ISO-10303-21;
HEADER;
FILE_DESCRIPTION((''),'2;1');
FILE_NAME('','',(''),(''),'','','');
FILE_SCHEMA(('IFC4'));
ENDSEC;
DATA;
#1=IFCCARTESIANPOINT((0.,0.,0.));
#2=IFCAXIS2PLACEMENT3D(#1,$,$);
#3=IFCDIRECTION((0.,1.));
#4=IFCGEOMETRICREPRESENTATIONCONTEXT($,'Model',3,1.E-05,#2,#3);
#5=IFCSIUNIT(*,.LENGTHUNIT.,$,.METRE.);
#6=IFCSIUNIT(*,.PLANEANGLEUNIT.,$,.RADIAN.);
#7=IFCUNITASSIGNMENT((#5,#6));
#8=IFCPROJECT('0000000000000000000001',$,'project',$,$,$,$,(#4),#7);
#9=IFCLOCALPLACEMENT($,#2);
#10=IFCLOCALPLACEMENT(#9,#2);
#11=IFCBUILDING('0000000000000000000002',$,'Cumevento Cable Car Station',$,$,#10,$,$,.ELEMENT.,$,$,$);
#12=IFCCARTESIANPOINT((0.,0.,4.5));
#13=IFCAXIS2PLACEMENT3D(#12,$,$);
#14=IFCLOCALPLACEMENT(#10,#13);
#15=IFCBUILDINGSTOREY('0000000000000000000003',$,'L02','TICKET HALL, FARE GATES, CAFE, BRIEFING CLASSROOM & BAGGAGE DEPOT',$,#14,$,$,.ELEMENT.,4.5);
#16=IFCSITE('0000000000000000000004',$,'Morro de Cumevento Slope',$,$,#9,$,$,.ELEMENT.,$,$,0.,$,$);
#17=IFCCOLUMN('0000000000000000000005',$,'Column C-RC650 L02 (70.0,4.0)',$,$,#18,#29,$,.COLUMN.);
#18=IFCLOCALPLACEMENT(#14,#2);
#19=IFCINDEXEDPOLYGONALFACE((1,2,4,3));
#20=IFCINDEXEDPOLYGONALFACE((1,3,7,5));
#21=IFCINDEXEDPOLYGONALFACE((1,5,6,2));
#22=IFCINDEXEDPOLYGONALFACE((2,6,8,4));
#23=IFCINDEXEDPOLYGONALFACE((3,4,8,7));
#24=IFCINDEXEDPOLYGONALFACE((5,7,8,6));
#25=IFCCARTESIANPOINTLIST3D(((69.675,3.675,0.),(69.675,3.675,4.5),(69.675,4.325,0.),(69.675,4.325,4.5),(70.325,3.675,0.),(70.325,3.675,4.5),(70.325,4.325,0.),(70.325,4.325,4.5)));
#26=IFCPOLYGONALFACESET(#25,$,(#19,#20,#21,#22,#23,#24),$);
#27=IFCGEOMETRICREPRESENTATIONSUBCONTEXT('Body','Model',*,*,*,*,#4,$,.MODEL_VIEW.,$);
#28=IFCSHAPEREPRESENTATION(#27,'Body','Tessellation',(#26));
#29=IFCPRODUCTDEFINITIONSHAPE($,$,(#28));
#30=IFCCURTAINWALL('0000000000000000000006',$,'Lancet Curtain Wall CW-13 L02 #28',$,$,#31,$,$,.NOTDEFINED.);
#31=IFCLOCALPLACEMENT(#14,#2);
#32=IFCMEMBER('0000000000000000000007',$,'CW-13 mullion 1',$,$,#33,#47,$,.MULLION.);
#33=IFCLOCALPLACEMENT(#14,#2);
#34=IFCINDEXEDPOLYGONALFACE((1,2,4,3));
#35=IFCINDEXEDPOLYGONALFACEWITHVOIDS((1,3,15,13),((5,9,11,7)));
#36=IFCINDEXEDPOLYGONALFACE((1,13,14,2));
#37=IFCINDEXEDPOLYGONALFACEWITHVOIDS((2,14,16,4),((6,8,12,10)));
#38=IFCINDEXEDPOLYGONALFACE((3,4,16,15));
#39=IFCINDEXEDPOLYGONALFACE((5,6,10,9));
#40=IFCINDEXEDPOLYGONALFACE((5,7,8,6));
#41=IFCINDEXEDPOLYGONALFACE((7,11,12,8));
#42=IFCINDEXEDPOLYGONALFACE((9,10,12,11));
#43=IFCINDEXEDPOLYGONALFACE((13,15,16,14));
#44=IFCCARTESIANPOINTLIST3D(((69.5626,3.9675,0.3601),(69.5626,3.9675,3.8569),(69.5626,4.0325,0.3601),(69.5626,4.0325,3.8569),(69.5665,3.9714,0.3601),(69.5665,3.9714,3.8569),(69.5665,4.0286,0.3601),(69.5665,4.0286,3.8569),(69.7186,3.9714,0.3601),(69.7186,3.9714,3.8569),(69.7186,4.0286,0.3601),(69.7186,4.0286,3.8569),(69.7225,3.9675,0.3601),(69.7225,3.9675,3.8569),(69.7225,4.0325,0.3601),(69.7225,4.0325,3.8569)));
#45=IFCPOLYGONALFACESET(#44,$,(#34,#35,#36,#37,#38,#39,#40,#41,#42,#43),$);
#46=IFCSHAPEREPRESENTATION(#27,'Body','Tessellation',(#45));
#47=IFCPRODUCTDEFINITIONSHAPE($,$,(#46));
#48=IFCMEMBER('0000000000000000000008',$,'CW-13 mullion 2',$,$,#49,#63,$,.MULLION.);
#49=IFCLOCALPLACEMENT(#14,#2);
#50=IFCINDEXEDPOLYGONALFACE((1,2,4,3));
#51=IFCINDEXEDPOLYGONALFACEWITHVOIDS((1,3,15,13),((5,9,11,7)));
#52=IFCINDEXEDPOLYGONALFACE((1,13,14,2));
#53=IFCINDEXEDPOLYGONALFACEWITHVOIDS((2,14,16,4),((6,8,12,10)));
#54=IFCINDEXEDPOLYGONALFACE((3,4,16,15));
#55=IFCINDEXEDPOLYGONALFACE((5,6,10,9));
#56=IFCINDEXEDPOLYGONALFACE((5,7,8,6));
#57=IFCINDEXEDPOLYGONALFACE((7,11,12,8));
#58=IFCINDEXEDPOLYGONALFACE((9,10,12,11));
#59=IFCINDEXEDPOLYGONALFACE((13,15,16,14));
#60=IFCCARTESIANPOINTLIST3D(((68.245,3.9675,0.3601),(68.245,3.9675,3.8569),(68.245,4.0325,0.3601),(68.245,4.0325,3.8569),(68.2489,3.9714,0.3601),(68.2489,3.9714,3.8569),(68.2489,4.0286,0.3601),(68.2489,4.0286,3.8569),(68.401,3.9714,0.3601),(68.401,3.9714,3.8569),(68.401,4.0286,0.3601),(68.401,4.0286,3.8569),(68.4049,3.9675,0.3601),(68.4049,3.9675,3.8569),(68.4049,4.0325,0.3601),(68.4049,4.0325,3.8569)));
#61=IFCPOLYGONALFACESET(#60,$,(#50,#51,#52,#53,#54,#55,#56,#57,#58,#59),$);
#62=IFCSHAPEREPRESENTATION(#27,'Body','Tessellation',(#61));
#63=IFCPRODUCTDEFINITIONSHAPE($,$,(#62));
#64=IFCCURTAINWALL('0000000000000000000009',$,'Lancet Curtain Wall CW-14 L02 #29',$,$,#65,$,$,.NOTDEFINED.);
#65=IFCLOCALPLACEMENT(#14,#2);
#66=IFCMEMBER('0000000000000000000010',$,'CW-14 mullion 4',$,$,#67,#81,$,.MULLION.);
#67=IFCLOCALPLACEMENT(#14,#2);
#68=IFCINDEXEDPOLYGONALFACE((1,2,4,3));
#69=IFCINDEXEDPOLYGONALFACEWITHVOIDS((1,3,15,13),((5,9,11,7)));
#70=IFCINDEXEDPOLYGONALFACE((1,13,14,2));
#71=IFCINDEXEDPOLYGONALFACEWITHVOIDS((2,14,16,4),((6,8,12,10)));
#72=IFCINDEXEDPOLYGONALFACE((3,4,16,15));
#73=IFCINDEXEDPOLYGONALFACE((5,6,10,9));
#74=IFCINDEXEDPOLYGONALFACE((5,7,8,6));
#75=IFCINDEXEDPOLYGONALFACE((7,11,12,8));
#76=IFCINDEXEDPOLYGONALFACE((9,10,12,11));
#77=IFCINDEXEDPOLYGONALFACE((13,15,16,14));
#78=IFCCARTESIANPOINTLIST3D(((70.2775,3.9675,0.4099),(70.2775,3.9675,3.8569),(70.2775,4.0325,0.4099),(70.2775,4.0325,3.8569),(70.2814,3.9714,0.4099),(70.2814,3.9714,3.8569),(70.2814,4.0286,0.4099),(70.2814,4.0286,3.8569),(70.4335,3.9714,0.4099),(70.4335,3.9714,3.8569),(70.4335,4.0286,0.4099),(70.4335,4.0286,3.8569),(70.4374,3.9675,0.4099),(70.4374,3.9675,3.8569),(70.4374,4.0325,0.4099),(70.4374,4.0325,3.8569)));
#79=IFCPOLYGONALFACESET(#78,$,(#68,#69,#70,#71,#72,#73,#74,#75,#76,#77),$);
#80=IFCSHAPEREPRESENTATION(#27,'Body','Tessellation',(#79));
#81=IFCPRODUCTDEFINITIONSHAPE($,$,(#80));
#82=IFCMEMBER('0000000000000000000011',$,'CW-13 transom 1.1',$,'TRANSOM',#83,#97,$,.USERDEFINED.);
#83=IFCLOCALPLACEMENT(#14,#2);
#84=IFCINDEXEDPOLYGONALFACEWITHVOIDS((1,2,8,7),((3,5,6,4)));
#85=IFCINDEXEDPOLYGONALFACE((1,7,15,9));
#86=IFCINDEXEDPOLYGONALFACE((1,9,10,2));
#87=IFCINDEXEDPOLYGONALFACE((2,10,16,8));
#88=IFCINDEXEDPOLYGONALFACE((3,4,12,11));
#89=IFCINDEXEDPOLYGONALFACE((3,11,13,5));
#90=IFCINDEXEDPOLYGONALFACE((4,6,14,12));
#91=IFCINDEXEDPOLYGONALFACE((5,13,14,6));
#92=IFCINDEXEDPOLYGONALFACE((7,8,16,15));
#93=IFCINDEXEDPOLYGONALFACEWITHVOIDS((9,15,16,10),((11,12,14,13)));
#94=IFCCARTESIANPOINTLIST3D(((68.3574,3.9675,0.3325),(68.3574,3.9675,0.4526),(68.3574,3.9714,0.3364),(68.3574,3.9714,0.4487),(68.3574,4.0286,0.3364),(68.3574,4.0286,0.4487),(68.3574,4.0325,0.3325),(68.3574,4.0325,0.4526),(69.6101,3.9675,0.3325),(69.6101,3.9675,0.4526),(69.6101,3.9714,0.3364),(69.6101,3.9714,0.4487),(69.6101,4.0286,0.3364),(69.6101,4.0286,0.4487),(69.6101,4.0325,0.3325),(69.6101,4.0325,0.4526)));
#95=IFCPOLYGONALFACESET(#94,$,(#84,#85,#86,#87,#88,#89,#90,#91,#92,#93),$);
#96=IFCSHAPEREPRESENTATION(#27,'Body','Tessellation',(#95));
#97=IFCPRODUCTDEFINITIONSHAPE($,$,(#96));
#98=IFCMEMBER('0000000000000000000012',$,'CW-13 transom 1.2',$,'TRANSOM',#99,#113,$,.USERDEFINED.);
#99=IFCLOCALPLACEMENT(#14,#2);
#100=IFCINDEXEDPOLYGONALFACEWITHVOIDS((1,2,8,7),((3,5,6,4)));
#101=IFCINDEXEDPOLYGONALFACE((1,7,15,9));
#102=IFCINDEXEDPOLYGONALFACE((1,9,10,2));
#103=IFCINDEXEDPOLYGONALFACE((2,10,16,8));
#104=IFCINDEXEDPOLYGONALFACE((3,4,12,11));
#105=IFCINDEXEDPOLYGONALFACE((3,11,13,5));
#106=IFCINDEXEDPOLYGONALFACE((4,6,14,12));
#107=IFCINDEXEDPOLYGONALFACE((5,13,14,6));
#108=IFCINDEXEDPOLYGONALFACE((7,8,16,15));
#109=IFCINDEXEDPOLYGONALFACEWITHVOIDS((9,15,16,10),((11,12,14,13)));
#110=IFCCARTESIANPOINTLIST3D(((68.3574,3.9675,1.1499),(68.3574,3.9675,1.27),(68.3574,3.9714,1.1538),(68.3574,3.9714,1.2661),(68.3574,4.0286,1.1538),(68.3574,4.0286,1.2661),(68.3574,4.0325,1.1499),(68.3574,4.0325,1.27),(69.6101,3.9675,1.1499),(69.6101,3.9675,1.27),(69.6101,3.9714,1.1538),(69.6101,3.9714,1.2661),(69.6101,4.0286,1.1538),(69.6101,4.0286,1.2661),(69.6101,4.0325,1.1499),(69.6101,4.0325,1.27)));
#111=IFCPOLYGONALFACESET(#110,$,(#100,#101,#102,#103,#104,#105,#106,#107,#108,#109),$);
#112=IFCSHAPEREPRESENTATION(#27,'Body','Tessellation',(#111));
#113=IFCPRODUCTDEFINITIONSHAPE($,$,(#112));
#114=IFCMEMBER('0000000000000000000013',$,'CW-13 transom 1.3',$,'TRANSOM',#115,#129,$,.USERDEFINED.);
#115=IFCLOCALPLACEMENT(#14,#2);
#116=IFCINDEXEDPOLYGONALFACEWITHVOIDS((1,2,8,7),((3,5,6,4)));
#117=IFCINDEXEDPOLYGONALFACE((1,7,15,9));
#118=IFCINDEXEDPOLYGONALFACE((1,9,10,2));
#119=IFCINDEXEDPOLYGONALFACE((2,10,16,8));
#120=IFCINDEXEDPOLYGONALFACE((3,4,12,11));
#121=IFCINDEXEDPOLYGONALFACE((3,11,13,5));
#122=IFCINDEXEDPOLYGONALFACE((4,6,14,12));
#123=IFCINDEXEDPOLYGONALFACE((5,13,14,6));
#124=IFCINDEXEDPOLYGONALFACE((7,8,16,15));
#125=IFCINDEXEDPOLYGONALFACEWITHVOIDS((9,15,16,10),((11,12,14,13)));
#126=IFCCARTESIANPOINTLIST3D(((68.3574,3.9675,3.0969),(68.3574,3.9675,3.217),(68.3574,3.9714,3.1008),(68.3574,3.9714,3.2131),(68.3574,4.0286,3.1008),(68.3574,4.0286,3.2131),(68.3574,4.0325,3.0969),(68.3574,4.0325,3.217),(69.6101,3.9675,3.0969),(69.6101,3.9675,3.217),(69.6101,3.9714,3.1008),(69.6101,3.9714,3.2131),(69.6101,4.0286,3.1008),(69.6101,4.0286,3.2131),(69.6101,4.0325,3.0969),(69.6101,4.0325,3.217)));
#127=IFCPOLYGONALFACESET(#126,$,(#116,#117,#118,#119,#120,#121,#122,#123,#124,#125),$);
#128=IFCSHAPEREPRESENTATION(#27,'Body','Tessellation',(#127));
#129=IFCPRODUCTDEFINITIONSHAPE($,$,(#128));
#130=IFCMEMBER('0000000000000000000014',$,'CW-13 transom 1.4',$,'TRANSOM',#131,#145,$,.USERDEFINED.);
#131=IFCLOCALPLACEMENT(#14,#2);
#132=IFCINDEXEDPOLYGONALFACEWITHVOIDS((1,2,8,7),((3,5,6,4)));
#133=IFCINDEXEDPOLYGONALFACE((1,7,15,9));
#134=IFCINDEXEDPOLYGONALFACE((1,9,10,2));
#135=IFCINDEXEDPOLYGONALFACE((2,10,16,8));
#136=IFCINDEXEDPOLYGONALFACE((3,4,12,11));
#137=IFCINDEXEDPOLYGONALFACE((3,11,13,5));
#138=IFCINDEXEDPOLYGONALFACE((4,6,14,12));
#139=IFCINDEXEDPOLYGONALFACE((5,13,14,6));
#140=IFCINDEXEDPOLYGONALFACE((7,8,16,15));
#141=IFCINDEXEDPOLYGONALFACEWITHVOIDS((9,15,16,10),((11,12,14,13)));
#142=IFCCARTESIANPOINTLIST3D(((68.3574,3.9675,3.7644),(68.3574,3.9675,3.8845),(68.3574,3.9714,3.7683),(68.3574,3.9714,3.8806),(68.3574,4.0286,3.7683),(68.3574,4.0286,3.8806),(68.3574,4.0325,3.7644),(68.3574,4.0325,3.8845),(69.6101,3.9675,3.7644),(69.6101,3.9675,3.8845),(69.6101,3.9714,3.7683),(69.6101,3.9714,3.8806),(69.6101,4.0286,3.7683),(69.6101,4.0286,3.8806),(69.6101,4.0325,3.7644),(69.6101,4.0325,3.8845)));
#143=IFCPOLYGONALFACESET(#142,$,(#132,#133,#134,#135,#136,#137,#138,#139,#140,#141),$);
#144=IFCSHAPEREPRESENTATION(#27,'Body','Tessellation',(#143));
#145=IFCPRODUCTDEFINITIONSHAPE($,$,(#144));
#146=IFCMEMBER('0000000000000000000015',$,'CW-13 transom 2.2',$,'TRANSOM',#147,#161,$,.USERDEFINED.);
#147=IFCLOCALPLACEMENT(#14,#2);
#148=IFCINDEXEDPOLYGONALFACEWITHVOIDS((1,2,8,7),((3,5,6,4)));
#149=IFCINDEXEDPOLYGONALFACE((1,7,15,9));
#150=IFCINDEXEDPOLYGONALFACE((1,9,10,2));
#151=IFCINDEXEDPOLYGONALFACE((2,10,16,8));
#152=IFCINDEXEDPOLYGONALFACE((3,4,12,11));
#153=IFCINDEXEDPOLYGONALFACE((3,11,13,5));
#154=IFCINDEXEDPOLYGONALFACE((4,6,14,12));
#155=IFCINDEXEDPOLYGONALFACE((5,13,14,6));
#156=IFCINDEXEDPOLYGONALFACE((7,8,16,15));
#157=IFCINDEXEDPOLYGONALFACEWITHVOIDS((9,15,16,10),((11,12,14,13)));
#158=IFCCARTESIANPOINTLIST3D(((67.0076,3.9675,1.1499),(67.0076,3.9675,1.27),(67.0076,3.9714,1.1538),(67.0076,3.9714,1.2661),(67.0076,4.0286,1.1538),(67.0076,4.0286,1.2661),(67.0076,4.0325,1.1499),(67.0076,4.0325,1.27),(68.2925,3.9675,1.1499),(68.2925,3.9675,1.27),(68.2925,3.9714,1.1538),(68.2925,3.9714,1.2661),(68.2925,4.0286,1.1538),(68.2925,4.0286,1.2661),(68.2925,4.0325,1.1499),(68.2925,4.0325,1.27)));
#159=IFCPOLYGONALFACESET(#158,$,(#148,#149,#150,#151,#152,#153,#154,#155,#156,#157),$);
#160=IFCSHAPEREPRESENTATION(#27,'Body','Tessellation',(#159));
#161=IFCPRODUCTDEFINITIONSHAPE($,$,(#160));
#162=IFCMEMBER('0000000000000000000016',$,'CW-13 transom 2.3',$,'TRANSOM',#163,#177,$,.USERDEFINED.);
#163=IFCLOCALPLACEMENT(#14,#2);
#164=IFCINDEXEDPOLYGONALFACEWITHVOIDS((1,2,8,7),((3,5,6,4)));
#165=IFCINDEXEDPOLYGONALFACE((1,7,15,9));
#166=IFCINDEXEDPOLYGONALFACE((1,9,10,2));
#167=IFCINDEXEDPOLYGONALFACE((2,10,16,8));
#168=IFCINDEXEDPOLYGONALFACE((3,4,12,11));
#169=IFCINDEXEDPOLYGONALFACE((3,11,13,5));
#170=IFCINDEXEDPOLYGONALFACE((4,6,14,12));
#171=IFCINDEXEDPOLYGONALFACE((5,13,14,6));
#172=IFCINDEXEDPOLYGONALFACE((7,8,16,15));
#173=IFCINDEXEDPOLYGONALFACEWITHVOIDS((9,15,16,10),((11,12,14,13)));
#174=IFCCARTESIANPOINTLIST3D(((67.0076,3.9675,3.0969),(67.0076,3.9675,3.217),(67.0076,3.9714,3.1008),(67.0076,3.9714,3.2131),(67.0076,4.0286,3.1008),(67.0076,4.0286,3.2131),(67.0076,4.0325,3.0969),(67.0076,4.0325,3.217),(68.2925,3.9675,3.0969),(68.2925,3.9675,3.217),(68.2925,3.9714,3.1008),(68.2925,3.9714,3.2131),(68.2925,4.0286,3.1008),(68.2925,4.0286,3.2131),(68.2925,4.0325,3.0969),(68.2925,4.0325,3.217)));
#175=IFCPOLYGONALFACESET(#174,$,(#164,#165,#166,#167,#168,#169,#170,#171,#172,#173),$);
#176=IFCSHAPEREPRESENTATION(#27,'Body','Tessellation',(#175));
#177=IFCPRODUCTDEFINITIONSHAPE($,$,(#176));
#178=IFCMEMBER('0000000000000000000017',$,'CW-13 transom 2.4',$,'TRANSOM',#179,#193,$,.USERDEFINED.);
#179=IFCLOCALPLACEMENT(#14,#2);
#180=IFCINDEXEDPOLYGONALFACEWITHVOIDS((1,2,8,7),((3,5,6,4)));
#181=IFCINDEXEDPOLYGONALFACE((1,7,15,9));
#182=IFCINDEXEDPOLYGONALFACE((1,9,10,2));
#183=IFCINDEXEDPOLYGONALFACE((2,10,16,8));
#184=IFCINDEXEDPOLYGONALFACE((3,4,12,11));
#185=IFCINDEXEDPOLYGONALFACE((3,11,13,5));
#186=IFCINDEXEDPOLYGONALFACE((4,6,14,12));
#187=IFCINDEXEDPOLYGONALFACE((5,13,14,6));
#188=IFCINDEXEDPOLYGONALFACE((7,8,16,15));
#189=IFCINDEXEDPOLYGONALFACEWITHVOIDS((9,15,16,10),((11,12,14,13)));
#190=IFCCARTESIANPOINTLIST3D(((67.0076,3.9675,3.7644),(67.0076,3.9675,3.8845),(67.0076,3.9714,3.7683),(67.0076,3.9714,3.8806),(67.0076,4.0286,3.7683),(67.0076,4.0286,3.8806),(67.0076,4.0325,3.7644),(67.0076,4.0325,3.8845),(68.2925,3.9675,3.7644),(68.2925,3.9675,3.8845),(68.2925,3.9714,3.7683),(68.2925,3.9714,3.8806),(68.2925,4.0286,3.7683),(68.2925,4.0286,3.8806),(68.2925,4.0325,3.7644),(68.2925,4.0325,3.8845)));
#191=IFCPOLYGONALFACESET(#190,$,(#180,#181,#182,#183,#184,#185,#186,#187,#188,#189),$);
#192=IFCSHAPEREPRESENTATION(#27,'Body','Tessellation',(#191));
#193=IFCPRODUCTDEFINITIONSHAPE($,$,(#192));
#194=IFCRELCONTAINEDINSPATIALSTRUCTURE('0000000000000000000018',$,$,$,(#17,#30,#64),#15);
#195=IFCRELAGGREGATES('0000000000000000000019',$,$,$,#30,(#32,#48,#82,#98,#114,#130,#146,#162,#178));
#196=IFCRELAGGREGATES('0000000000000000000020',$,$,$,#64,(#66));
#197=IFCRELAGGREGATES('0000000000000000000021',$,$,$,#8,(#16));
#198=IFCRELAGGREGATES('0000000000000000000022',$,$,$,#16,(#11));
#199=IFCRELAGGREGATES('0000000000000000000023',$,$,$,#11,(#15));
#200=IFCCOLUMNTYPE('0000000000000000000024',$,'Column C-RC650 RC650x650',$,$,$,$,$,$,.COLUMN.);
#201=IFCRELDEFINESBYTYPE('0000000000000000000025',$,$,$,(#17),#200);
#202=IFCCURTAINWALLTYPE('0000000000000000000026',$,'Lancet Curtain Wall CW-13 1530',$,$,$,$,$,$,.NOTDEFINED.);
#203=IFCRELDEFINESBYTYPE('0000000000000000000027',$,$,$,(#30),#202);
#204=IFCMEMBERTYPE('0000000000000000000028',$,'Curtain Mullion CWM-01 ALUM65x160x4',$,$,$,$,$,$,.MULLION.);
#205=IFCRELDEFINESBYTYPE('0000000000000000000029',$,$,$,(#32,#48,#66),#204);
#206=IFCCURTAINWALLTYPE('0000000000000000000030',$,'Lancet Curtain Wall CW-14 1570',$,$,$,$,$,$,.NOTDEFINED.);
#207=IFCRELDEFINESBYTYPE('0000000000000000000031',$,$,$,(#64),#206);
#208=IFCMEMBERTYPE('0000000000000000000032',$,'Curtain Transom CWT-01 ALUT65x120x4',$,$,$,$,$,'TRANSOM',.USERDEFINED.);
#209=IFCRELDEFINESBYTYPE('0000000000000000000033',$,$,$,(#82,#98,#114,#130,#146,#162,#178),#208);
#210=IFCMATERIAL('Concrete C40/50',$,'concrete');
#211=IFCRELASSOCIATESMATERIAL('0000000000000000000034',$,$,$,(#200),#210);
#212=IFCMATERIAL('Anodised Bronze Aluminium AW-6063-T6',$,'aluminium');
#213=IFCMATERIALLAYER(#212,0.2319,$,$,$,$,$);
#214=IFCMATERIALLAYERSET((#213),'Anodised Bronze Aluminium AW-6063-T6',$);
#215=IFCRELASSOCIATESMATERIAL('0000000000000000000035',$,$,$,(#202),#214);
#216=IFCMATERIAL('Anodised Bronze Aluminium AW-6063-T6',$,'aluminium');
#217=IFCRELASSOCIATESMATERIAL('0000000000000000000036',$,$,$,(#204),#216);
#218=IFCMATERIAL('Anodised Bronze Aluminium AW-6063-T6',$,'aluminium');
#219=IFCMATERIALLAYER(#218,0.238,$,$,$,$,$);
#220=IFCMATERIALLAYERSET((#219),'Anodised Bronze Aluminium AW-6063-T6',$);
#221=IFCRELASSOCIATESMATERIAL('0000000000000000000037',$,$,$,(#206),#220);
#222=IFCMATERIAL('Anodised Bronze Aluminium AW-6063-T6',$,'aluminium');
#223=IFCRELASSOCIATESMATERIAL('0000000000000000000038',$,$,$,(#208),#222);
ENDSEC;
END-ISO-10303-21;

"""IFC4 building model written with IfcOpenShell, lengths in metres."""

from ifc_helpers import new_model, si_unit, direction, frame, origin, origin_2d, place, context, subcontext, project, spatial, rectangle, hollow_rectangle, extrude, material, layer, layer_set, material_profile, profile_set, type_object, element, aggregate, save


model = new_model("IFC4")

# Units and contexts
model_context = context("Model", 3, precision=1e-05, world=origin(), true_north=direction((0.0, 1.0)))
body_context = subcontext(model_context, "Body", "Model", "MODEL_VIEW")
ifc_project = project(units=[si_unit("LENGTHUNIT", "METRE"), si_unit("PLANEANGLEUNIT", "RADIAN")], contexts=[model_context])

# Site, building, storey
site_placement = place(None, origin())
site = spatial("IfcSite", under=ifc_project, at=site_placement, Name="Morro de Cumevento Slope", CompositionType="ELEMENT", RefElevation=0.0)
building_placement = place(site_placement, origin())
building = spatial("IfcBuilding", under=site, at=building_placement, Name="Cumevento Cable Car Station", CompositionType="ELEMENT")
storey_placement = place(building_placement, frame((0.0, 0.0, 4.5)))
storey = spatial("IfcBuildingStorey", under=building, at=storey_placement, Name="L02", Description="TICKET HALL, FARE GATES, CAFE, BRIEFING CLASSROOM & BAGGAGE DEPOT", CompositionType="ELEMENT", Elevation=4.5)

# Column
ifc_material_1 = material(Name="Concrete C40/50", Category="concrete")
ifc_material_profile_1 = material_profile(ifc_material_1, rectangle(XDim=0.6499, YDim=0.6499, at=origin_2d()), Name="RC650x650")
ifc_profile_set_1 = profile_set([ifc_material_profile_1], Name="Concrete C40/50")
column_type = type_object("IfcColumnType", Name="Column C-RC650 RC650x650", PredefinedType="COLUMN", material=ifc_profile_set_1)
column_placement = place(storey_placement, frame((70.0, 4.0, 0.0), z_axis=(0.0, 0.0, 1.0), x_axis=(1.0, 0.0, 0.0)))
element("IfcColumn", 1, at=column_placement, inside=storey, type_object=column_type, Name="Column C-RC650 L02 (70.0,4.0)", PredefinedType="COLUMN", context=body_context, shape_type="SweptSolid", body=[
    extrude(rectangle(XDim=0.6499, YDim=0.6499, at=origin_2d()), origin(), (0.0, 0.0, 1.0), 4.5),
])

# Curtain wall, members
ifc_material_2 = material(Name="Anodised Bronze Aluminium AW-6063-T6", Category="aluminium")
ifc_layer_1 = layer(ifc_material_2, 0.2319)
ifc_layer_set_1 = layer_set([ifc_layer_1], Name="Anodised Bronze Aluminium AW-6063-T6")
curtain_wall_type_1 = type_object("IfcCurtainWallType", Name="Lancet Curtain Wall CW-13 1530", PredefinedType="NOTDEFINED", material=ifc_layer_set_1)
curtain_wall_1_placement = place(storey_placement, origin())
curtain_wall_1 = element("IfcCurtainWall", 2, at=curtain_wall_1_placement, inside=storey, type_object=curtain_wall_type_1, Name="Lancet Curtain Wall CW-13 L02 #28", PredefinedType="NOTDEFINED")
ifc_material_3 = material(Name="Anodised Bronze Aluminium AW-6063-T6", Category="aluminium")
ifc_material_profile_2 = material_profile(ifc_material_3, hollow_rectangle(XDim=0.0649, YDim=0.1599, WallThickness=0.0039, at=origin_2d()), Name="ALUM65x160x4")
ifc_profile_set_2 = profile_set([ifc_material_profile_2], Name="Anodised Bronze Aluminium AW-6063-T6")
member_type_1 = type_object("IfcMemberType", Name="Curtain Mullion CWM-01 ALUM65x160x4", PredefinedType="MULLION", material=ifc_profile_set_2)
member_1_placement = place(storey_placement, frame((69.6426, 4.0, 0.3601), z_axis=(0.0, 0.0, 1.0), x_axis=(0.0, -1.0, 0.0)))
member_1 = element("IfcMember", 3, at=member_1_placement, type_object=member_type_1, Name="CW-13 mullion 1", PredefinedType="MULLION", context=body_context, shape_type="SweptSolid", body=[
    extrude(hollow_rectangle(XDim=0.0649, YDim=0.1599, WallThickness=0.0039, at=origin_2d()), origin(), (0.0, 0.0, 1.0), 3.4968),
])
member_2_placement = place(storey_placement, frame((68.325, 4.0, 0.3601), z_axis=(0.0, 0.0, 1.0), x_axis=(0.0, -1.0, 0.0)))
member_2 = element("IfcMember", 4, at=member_2_placement, type_object=member_type_1, Name="CW-13 mullion 2", PredefinedType="MULLION", context=body_context, shape_type="SweptSolid", body=[
    extrude(hollow_rectangle(XDim=0.0649, YDim=0.1599, WallThickness=0.0039, at=origin_2d()), origin(), (0.0, 0.0, 1.0), 3.4968),
])

# Curtain wall, member
ifc_material_4 = material(Name="Anodised Bronze Aluminium AW-6063-T6", Category="aluminium")
ifc_layer_2 = layer(ifc_material_4, 0.238)
ifc_layer_set_2 = layer_set([ifc_layer_2], Name="Anodised Bronze Aluminium AW-6063-T6")
curtain_wall_type_2 = type_object("IfcCurtainWallType", Name="Lancet Curtain Wall CW-14 1570", PredefinedType="NOTDEFINED", material=ifc_layer_set_2)
curtain_wall_2_placement = place(storey_placement, origin())
curtain_wall_2 = element("IfcCurtainWall", 5, at=curtain_wall_2_placement, inside=storey, type_object=curtain_wall_type_2, Name="Lancet Curtain Wall CW-14 L02 #29", PredefinedType="NOTDEFINED")
member_3_placement = place(storey_placement, frame((70.3574, 4.0, 0.4099), z_axis=(0.0, 0.0, 1.0), x_axis=(0.0, -1.0, 0.0)))
member_3 = element("IfcMember", 6, at=member_3_placement, type_object=member_type_1, Name="CW-14 mullion 4", PredefinedType="MULLION", context=body_context, shape_type="SweptSolid", body=[
    extrude(hollow_rectangle(XDim=0.0649, YDim=0.1599, WallThickness=0.0039, at=origin_2d()), origin(), (0.0, 0.0, 1.0), 3.447),
])

# Members
ifc_material_5 = material(Name="Anodised Bronze Aluminium AW-6063-T6", Category="aluminium")
ifc_material_profile_3 = material_profile(ifc_material_5, hollow_rectangle(XDim=0.0649, YDim=0.1201, WallThickness=0.0039, at=origin_2d()), Name="ALUT65x120x4")
ifc_profile_set_3 = profile_set([ifc_material_profile_3], Name="Anodised Bronze Aluminium AW-6063-T6")
member_type_2 = type_object("IfcMemberType", Name="Curtain Transom CWT-01 ALUT65x120x4", ElementType="TRANSOM", PredefinedType="USERDEFINED", material=ifc_profile_set_3)
member_4_placement = place(storey_placement, frame((69.6101, 4.0, 0.3926), z_axis=(-1.0, 0.0, 0.0), x_axis=(0.0, -1.0, 0.0)))
member_4 = element("IfcMember", 7, at=member_4_placement, type_object=member_type_2, Name="CW-13 transom 1.1", ObjectType="TRANSOM", PredefinedType="USERDEFINED", context=body_context, shape_type="SweptSolid", body=[
    extrude(hollow_rectangle(XDim=0.0649, YDim=0.1201, WallThickness=0.0039, at=origin_2d()), origin(), (0.0, 0.0, 1.0), 1.2527),
])
member_5_placement = place(storey_placement, frame((69.6101, 4.0, 1.21), z_axis=(-1.0, 0.0, 0.0), x_axis=(0.0, -1.0, 0.0)))
member_5 = element("IfcMember", 8, at=member_5_placement, type_object=member_type_2, Name="CW-13 transom 1.2", ObjectType="TRANSOM", PredefinedType="USERDEFINED", context=body_context, shape_type="SweptSolid", body=[
    extrude(hollow_rectangle(XDim=0.0649, YDim=0.1201, WallThickness=0.0039, at=origin_2d()), origin(), (0.0, 0.0, 1.0), 1.2527),
])
member_6_placement = place(storey_placement, frame((69.6101, 4.0, 3.157), z_axis=(-1.0, 0.0, 0.0), x_axis=(0.0, -1.0, 0.0)))
member_6 = element("IfcMember", 9, at=member_6_placement, type_object=member_type_2, Name="CW-13 transom 1.3", ObjectType="TRANSOM", PredefinedType="USERDEFINED", context=body_context, shape_type="SweptSolid", body=[
    extrude(hollow_rectangle(XDim=0.0649, YDim=0.1201, WallThickness=0.0039, at=origin_2d()), origin(), (0.0, 0.0, 1.0), 1.2527),
])
member_7_placement = place(storey_placement, frame((69.6101, 4.0, 3.8245), z_axis=(-1.0, 0.0, 0.0), x_axis=(0.0, -1.0, 0.0)))
member_7 = element("IfcMember", 10, at=member_7_placement, type_object=member_type_2, Name="CW-13 transom 1.4", ObjectType="TRANSOM", PredefinedType="USERDEFINED", context=body_context, shape_type="SweptSolid", body=[
    extrude(hollow_rectangle(XDim=0.0649, YDim=0.1201, WallThickness=0.0039, at=origin_2d()), origin(), (0.0, 0.0, 1.0), 1.2527),
])
member_8_placement = place(storey_placement, frame((68.2925, 4.0, 1.21), z_axis=(-1.0, 0.0, 0.0), x_axis=(0.0, -1.0, 0.0)))
member_8 = element("IfcMember", 11, at=member_8_placement, type_object=member_type_2, Name="CW-13 transom 2.2", ObjectType="TRANSOM", PredefinedType="USERDEFINED", context=body_context, shape_type="SweptSolid", body=[
    extrude(hollow_rectangle(XDim=0.0649, YDim=0.1201, WallThickness=0.0039, at=origin_2d()), origin(), (0.0, 0.0, 1.0), 1.2849),
])
member_9_placement = place(storey_placement, frame((68.2925, 4.0, 3.157), z_axis=(-1.0, 0.0, 0.0), x_axis=(0.0, -1.0, 0.0)))
member_9 = element("IfcMember", 12, at=member_9_placement, type_object=member_type_2, Name="CW-13 transom 2.3", ObjectType="TRANSOM", PredefinedType="USERDEFINED", context=body_context, shape_type="SweptSolid", body=[
    extrude(hollow_rectangle(XDim=0.0649, YDim=0.1201, WallThickness=0.0039, at=origin_2d()), origin(), (0.0, 0.0, 1.0), 1.2849),
])
member_10_placement = place(storey_placement, frame((68.2925, 4.0, 3.8245), z_axis=(-1.0, 0.0, 0.0), x_axis=(0.0, -1.0, 0.0)))
member_10 = element("IfcMember", 13, at=member_10_placement, type_object=member_type_2, Name="CW-13 transom 2.4", ObjectType="TRANSOM", PredefinedType="USERDEFINED", context=body_context, shape_type="SweptSolid", body=[
    extrude(hollow_rectangle(XDim=0.0649, YDim=0.1201, WallThickness=0.0039, at=origin_2d()), origin(), (0.0, 0.0, 1.0), 1.2849),
])

aggregate(curtain_wall_1, [member_1, member_2, member_4, member_5, member_6, member_7, member_8, member_9, member_10])
aggregate(curtain_wall_2, [member_3])

save(model, "model.ifc")
